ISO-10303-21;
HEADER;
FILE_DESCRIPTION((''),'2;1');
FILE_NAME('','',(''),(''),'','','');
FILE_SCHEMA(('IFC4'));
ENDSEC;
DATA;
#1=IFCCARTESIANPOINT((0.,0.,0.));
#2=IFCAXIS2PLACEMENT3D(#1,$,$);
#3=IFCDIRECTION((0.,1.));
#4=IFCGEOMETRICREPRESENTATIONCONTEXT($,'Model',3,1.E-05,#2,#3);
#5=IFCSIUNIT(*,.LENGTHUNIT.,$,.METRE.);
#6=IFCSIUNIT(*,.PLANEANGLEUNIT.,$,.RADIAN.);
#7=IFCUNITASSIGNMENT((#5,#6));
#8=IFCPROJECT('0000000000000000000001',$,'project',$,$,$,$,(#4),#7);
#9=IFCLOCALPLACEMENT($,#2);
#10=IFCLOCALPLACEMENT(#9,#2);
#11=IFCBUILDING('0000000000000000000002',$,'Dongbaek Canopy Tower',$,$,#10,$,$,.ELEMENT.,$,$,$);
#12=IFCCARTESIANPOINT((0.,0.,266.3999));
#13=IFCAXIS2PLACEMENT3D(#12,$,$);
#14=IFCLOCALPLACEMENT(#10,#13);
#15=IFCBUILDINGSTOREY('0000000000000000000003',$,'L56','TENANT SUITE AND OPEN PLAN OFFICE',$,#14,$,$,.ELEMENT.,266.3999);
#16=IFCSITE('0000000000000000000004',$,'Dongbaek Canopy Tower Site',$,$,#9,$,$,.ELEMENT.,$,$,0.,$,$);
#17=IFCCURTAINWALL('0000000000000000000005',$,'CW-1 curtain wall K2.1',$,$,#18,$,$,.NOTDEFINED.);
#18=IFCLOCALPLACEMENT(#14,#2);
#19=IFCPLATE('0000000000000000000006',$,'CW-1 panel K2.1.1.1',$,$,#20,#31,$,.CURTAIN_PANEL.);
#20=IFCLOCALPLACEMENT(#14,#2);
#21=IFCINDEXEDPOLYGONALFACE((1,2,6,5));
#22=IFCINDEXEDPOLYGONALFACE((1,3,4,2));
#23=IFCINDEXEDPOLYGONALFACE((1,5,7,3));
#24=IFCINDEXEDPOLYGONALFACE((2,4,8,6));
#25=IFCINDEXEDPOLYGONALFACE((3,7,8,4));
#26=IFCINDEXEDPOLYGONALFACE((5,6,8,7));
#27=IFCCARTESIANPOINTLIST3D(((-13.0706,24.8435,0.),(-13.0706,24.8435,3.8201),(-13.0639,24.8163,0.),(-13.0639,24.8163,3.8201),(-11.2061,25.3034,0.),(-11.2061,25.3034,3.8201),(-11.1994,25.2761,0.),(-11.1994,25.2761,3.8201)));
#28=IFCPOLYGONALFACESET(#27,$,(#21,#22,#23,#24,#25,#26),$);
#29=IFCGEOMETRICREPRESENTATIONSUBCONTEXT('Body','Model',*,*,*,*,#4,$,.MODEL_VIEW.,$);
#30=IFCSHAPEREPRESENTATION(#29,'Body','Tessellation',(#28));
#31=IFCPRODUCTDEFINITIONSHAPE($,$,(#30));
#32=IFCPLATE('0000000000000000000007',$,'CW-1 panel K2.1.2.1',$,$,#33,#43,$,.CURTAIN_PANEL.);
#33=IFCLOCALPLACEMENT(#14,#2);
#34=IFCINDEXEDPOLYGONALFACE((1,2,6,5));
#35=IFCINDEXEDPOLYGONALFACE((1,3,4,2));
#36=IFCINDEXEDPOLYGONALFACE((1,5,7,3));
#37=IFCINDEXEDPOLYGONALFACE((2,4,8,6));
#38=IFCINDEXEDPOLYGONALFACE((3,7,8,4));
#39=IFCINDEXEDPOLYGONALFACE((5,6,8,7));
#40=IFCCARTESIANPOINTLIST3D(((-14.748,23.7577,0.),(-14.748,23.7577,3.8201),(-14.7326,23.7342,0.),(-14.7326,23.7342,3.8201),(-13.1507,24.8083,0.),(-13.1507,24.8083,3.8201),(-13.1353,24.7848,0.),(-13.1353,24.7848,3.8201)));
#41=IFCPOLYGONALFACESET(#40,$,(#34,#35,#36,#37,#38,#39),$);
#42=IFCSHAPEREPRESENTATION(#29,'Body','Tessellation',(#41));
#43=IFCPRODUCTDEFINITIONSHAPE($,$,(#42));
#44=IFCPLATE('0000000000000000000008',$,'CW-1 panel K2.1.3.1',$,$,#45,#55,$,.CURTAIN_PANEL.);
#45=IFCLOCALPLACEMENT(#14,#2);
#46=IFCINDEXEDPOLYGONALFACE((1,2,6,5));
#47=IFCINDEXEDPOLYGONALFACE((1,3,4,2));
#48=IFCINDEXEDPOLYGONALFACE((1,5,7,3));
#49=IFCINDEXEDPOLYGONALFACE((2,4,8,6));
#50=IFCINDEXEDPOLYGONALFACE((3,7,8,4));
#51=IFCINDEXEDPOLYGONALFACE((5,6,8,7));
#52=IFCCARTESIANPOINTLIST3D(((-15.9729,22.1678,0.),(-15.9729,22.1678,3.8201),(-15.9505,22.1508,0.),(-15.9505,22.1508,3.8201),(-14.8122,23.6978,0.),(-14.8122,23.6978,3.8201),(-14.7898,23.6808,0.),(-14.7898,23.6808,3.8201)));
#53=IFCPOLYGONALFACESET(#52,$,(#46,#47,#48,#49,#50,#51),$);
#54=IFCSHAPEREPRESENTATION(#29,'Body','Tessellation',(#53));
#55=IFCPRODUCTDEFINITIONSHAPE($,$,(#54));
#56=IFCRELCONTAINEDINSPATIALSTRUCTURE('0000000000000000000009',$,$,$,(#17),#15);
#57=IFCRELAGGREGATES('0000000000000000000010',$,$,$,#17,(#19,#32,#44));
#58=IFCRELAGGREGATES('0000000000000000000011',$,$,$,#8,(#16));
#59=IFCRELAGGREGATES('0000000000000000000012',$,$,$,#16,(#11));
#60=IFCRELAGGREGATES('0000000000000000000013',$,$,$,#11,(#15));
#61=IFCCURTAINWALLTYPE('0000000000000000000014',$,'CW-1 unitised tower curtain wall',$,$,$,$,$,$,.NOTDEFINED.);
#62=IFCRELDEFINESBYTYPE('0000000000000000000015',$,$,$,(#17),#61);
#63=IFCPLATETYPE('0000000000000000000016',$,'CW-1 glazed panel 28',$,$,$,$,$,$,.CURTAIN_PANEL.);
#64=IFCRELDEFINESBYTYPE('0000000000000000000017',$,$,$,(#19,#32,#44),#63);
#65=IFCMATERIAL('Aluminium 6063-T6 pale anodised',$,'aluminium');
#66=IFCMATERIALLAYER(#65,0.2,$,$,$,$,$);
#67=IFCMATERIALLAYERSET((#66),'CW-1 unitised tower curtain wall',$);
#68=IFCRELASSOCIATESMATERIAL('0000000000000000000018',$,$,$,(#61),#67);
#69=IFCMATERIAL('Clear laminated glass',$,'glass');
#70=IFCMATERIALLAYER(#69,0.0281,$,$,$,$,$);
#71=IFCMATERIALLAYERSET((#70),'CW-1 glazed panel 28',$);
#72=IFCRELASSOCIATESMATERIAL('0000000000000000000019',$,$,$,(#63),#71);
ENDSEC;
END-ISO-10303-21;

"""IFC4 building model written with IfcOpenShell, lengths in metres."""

from ifc_helpers import new_model, si_unit, direction, frame, origin, origin_2d, place, context, subcontext, project, spatial, rectangle, extrude, material, layer, layer_set, type_object, element, aggregate, save


model = new_model("IFC4")

# Units and contexts
model_context = context("Model", 3, precision=1e-05, world=origin(), true_north=direction((0.0, 1.0)))
body_context = subcontext(model_context, "Body", "Model", "MODEL_VIEW")
ifc_project = project(units=[si_unit("LENGTHUNIT", "METRE"), si_unit("PLANEANGLEUNIT", "RADIAN")], contexts=[model_context])

# Site, building, storey
site_placement = place(None, origin())
site = spatial("IfcSite", under=ifc_project, at=site_placement, Name="Dongbaek Canopy Tower Site", CompositionType="ELEMENT", RefElevation=0.0)
building_placement = place(site_placement, origin())
building = spatial("IfcBuilding", under=site, at=building_placement, Name="Dongbaek Canopy Tower", CompositionType="ELEMENT")
storey_placement = place(building_placement, frame((0.0, 0.0, 266.3999)))
storey = spatial("IfcBuildingStorey", under=building, at=storey_placement, Name="L56", Description="TENANT SUITE AND OPEN PLAN OFFICE", CompositionType="ELEMENT", Elevation=266.3999)

# Curtain wall
ifc_material_1 = material(Name="Aluminium 6063-T6 pale anodised", Category="aluminium")
ifc_layer_1 = layer(ifc_material_1, 0.2)
ifc_layer_set_1 = layer_set([ifc_layer_1], Name="CW-1 unitised tower curtain wall")
curtain_wall_type = type_object("IfcCurtainWallType", Name="CW-1 unitised tower curtain wall", PredefinedType="NOTDEFINED", material=ifc_layer_set_1)
curtain_wall_placement = place(storey_placement, origin())
curtain_wall = element("IfcCurtainWall", 1, at=curtain_wall_placement, inside=storey, type_object=curtain_wall_type, Name="CW-1 curtain wall K2.1", PredefinedType="NOTDEFINED")

# Plates
ifc_material_2 = material(Name="Clear laminated glass", Category="glass")
ifc_layer_2 = layer(ifc_material_2, 0.0281)
ifc_layer_set_2 = layer_set([ifc_layer_2], Name="CW-1 glazed panel 28")
plate_type = type_object("IfcPlateType", Name="CW-1 glazed panel 28", PredefinedType="CURTAIN_PANEL", material=ifc_layer_set_2)
plate_1_placement = place(storey_placement, frame((-12.135, 25.0598, 0.0), z_axis=(0.0, 0.0, 1.0), x_axis=(-0.970907, -0.239457, 0.0)))
plate_1 = element("IfcPlate", 2, at=plate_1_placement, type_object=plate_type, Name="CW-1 panel K2.1.1.1", PredefinedType="CURTAIN_PANEL", context=body_context, shape_type="SweptSolid", body=[
    extrude(rectangle(XDim=1.9204, YDim=0.0281, at=origin_2d()), origin(), (0.0, 0.0, 1.0), 3.8201),
])
plate_2_placement = place(storey_placement, frame((-13.9417, 24.2712, 0.0), z_axis=(0.0, 0.0, 1.0), x_axis=(-0.835471, -0.549535, 0.0)))
plate_2 = element("IfcPlate", 3, at=plate_2_placement, type_object=plate_type, Name="CW-1 panel K2.1.2.1", PredefinedType="CURTAIN_PANEL", context=body_context, shape_type="SweptSolid", body=[
    extrude(rectangle(XDim=1.9119, YDim=0.0281, at=origin_2d()), origin(), (0.0, 0.0, 1.0), 3.8201),
])
plate_3_placement = place(storey_placement, frame((-15.3813, 22.9243, 0.0), z_axis=(0.0, 0.0, 1.0), x_axis=(-0.60438, -0.796696, 0.0)))
plate_3 = element("IfcPlate", 4, at=plate_3_placement, type_object=plate_type, Name="CW-1 panel K2.1.3.1", PredefinedType="CURTAIN_PANEL", context=body_context, shape_type="SweptSolid", body=[
    extrude(rectangle(XDim=1.9204, YDim=0.0281, at=origin_2d()), origin(), (0.0, 0.0, 1.0), 3.8201),
])
aggregate(curtain_wall, [plate_1, plate_2, plate_3])

save(model, "model.ifc")
